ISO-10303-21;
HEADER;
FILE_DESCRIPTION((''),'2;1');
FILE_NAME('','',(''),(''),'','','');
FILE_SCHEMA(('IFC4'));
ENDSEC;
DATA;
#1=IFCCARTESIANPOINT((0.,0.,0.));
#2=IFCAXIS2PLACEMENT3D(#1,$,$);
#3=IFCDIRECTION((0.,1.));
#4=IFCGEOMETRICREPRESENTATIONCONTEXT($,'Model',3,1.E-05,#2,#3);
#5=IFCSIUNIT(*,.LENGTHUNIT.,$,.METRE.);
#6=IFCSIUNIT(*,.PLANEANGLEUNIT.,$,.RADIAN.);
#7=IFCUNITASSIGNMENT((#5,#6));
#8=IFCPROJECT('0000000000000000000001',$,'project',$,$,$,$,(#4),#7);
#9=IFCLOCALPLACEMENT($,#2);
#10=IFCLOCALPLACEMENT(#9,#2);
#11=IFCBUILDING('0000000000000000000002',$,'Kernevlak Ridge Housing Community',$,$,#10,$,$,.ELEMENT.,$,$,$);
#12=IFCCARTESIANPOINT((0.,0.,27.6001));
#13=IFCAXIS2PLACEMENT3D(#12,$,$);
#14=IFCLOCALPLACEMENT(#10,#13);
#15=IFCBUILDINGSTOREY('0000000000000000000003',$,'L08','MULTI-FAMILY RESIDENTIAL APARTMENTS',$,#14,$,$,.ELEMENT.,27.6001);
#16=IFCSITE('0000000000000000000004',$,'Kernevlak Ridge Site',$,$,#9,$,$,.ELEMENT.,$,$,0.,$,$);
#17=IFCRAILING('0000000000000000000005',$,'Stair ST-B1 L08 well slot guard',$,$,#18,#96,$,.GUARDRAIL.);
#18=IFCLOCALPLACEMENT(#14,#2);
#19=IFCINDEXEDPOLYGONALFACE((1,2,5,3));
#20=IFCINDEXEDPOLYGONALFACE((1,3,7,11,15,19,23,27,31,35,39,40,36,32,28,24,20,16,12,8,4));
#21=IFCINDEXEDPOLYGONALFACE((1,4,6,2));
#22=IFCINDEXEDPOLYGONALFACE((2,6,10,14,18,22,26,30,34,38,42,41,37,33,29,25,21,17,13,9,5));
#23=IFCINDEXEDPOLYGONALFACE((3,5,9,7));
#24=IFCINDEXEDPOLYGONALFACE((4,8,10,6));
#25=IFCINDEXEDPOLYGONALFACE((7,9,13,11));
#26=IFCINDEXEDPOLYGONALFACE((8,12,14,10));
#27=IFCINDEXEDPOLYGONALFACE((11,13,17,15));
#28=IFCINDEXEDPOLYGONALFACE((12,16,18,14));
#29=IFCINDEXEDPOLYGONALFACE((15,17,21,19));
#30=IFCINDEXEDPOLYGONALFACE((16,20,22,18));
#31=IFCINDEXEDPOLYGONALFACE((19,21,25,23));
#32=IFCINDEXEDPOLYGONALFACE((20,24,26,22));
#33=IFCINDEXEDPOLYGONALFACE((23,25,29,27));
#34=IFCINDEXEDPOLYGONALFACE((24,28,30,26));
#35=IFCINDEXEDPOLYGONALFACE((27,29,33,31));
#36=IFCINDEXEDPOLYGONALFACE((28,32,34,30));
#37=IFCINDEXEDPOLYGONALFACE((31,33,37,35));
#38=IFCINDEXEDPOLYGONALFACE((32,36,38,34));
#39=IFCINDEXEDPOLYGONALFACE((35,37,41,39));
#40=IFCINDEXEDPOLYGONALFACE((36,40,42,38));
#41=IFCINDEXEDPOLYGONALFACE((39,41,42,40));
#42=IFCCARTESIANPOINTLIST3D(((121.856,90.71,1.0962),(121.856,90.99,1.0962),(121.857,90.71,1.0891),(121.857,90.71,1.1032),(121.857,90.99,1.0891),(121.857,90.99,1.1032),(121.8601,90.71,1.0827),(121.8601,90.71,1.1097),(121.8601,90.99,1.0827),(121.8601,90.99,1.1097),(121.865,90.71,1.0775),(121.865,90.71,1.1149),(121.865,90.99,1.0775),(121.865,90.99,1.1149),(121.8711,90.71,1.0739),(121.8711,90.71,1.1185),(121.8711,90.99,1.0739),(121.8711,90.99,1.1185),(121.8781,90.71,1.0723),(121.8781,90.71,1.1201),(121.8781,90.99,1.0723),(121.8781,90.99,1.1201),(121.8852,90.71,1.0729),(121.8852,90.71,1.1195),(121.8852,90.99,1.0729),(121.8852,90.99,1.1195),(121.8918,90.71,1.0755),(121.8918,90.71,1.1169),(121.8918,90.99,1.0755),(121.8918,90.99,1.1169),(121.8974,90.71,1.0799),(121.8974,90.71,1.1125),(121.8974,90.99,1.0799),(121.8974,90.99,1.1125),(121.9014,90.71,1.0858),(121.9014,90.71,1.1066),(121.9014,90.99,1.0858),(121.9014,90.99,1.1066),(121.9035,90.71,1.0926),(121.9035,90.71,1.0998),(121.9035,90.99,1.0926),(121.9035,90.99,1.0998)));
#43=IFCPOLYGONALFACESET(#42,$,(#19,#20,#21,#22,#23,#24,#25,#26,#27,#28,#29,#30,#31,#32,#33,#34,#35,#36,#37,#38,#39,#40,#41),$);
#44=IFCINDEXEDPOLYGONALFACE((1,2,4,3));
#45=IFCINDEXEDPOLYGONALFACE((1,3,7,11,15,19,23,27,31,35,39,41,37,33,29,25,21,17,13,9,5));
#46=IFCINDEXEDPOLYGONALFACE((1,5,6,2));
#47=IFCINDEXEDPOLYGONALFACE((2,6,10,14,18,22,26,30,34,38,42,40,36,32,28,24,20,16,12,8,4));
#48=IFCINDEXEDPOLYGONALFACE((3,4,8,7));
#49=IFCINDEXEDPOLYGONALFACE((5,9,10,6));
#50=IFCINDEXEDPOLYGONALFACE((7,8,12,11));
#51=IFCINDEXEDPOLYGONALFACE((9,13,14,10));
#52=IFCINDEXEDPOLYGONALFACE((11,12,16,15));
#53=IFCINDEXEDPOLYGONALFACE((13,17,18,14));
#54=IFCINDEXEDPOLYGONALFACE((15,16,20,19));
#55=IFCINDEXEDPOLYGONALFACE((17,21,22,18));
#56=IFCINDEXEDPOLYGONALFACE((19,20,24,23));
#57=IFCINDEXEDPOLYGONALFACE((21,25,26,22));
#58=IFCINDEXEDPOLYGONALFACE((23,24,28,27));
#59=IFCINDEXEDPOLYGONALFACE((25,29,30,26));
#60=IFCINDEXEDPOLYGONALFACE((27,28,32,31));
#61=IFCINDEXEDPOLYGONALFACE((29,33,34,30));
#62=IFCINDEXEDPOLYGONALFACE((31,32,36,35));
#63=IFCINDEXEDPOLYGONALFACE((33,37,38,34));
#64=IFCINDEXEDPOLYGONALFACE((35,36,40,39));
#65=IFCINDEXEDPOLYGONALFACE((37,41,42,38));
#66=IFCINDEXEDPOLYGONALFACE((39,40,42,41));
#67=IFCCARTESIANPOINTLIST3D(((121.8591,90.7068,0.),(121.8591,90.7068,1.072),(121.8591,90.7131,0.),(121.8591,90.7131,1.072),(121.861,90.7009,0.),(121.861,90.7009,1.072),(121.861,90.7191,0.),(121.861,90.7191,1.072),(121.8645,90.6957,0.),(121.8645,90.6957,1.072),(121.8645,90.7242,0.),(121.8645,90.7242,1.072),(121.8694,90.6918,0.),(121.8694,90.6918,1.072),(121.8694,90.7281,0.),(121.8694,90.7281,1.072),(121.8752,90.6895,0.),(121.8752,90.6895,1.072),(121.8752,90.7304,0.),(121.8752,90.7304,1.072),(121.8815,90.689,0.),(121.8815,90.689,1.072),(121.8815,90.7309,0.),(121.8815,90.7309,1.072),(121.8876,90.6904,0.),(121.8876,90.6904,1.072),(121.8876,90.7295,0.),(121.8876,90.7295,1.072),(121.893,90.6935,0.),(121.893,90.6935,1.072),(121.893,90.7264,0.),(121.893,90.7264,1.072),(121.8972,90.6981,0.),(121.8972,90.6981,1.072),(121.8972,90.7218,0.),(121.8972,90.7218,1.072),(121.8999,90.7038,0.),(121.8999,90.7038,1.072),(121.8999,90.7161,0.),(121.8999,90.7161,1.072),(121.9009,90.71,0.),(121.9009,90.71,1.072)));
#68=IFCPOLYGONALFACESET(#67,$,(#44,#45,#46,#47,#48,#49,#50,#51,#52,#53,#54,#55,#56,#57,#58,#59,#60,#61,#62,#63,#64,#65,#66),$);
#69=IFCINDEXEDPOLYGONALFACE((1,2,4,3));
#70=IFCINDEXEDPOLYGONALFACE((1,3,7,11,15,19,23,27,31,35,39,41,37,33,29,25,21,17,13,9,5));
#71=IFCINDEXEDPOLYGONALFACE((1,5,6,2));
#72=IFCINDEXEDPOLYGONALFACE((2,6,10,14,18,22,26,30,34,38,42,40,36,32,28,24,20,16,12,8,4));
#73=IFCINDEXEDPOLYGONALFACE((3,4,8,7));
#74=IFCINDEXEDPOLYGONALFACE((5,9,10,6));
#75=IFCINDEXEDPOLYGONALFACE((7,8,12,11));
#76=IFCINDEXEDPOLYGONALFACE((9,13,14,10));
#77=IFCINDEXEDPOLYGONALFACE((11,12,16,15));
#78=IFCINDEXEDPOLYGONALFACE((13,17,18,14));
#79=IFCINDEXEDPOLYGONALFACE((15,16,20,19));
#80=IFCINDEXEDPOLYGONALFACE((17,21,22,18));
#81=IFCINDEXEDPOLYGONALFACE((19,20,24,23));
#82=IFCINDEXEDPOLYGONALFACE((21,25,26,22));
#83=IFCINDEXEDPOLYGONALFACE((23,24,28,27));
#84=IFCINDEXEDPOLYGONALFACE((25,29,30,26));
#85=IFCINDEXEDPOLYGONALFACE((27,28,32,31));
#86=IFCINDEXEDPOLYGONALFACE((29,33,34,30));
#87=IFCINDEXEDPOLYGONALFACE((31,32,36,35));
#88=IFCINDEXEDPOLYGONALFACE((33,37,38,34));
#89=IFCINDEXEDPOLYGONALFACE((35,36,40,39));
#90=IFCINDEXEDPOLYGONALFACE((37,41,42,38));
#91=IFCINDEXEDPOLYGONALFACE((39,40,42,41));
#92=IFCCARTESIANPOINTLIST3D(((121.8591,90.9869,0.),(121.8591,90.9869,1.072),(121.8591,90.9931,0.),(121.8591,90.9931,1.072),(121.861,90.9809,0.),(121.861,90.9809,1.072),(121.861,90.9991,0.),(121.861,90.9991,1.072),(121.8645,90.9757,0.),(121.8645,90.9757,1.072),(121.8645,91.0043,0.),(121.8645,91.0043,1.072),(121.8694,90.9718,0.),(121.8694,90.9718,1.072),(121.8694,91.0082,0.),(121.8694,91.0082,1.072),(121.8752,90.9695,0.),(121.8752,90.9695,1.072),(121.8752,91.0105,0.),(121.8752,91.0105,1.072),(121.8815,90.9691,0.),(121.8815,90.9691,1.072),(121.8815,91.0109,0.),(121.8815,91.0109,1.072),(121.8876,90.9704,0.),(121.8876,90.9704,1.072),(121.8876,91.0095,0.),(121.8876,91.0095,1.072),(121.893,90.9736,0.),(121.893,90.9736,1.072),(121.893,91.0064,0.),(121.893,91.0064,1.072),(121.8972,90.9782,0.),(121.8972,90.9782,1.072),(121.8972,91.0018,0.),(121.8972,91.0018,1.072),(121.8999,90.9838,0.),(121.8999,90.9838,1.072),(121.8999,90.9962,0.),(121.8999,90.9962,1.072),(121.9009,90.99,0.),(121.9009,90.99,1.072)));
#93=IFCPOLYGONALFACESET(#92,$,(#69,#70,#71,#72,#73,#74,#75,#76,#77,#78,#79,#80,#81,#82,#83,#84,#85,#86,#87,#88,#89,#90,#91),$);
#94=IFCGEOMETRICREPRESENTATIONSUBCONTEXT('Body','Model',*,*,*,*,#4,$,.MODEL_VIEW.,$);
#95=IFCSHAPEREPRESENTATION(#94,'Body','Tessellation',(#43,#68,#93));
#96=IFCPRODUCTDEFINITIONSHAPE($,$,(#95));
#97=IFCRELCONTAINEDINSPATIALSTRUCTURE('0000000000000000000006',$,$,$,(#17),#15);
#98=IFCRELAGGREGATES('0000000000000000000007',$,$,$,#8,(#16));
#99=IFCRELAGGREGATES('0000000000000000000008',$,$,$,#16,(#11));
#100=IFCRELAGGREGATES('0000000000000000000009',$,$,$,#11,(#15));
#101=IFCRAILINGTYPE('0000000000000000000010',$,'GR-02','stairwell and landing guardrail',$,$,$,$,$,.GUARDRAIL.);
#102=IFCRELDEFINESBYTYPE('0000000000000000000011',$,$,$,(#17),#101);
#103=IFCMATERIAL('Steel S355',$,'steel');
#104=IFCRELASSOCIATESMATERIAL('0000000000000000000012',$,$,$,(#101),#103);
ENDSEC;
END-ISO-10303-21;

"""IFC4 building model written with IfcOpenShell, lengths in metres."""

from ifc_helpers import new_model, si_unit, direction, frame, origin, origin_2d, place, context, subcontext, project, spatial, circle, extrude, material, type_object, element, save


model = new_model("IFC4")

# Units and contexts
model_context = context("Model", 3, precision=1e-05, world=origin(), true_north=direction((0.0, 1.0)))
body_context = subcontext(model_context, "Body", "Model", "MODEL_VIEW")
ifc_project = project(units=[si_unit("LENGTHUNIT", "METRE"), si_unit("PLANEANGLEUNIT", "RADIAN")], contexts=[model_context])

# Site, building, storey
site_placement = place(None, origin())
site = spatial("IfcSite", under=ifc_project, at=site_placement, Name="Kernevlak Ridge Site", CompositionType="ELEMENT", RefElevation=0.0)
building_placement = place(site_placement, origin())
building = spatial("IfcBuilding", under=site, at=building_placement, Name="Kernevlak Ridge Housing Community", CompositionType="ELEMENT")
storey_placement = place(building_placement, frame((0.0, 0.0, 27.6001)))
storey = spatial("IfcBuildingStorey", under=building, at=storey_placement, Name="L08", Description="MULTI-FAMILY RESIDENTIAL APARTMENTS", CompositionType="ELEMENT", Elevation=27.6001)

# Railing
ifc_material_1 = material(Name="Steel S355", Category="steel")
railing_type_1 = type_object("IfcRailingType", Name="GR-02", Description="stairwell and landing guardrail", PredefinedType="GUARDRAIL", material=ifc_material_1)
railing_1_placement = place(storey_placement, frame((121.8799, 90.71, 0.0)))
element("IfcRailing", 1, at=railing_1_placement, inside=storey, type_object=railing_type_1, Name="Stair ST-B1 L08 well slot guard", PredefinedType="GUARDRAIL", context=body_context, shape_type="SweptSolid", body=[
    extrude(circle(Radius=0.0239, at=origin_2d()), frame((0.0, 0.0, 1.0962), z_axis=(0.0, 1.0, 0.0), x_axis=(-1.0, 0.0, 0.0)), (0.0, 0.0, 1.0), 0.28),
    extrude(circle(Radius=0.021, at=origin_2d()), origin(), (0.0, 0.0, 1.0), 1.072),
    extrude(circle(Radius=0.021, at=origin_2d()), frame((0.0, 0.28, 0.0)), (0.0, 0.0, 1.0), 1.072),
])

save(model, "model.ifc")
